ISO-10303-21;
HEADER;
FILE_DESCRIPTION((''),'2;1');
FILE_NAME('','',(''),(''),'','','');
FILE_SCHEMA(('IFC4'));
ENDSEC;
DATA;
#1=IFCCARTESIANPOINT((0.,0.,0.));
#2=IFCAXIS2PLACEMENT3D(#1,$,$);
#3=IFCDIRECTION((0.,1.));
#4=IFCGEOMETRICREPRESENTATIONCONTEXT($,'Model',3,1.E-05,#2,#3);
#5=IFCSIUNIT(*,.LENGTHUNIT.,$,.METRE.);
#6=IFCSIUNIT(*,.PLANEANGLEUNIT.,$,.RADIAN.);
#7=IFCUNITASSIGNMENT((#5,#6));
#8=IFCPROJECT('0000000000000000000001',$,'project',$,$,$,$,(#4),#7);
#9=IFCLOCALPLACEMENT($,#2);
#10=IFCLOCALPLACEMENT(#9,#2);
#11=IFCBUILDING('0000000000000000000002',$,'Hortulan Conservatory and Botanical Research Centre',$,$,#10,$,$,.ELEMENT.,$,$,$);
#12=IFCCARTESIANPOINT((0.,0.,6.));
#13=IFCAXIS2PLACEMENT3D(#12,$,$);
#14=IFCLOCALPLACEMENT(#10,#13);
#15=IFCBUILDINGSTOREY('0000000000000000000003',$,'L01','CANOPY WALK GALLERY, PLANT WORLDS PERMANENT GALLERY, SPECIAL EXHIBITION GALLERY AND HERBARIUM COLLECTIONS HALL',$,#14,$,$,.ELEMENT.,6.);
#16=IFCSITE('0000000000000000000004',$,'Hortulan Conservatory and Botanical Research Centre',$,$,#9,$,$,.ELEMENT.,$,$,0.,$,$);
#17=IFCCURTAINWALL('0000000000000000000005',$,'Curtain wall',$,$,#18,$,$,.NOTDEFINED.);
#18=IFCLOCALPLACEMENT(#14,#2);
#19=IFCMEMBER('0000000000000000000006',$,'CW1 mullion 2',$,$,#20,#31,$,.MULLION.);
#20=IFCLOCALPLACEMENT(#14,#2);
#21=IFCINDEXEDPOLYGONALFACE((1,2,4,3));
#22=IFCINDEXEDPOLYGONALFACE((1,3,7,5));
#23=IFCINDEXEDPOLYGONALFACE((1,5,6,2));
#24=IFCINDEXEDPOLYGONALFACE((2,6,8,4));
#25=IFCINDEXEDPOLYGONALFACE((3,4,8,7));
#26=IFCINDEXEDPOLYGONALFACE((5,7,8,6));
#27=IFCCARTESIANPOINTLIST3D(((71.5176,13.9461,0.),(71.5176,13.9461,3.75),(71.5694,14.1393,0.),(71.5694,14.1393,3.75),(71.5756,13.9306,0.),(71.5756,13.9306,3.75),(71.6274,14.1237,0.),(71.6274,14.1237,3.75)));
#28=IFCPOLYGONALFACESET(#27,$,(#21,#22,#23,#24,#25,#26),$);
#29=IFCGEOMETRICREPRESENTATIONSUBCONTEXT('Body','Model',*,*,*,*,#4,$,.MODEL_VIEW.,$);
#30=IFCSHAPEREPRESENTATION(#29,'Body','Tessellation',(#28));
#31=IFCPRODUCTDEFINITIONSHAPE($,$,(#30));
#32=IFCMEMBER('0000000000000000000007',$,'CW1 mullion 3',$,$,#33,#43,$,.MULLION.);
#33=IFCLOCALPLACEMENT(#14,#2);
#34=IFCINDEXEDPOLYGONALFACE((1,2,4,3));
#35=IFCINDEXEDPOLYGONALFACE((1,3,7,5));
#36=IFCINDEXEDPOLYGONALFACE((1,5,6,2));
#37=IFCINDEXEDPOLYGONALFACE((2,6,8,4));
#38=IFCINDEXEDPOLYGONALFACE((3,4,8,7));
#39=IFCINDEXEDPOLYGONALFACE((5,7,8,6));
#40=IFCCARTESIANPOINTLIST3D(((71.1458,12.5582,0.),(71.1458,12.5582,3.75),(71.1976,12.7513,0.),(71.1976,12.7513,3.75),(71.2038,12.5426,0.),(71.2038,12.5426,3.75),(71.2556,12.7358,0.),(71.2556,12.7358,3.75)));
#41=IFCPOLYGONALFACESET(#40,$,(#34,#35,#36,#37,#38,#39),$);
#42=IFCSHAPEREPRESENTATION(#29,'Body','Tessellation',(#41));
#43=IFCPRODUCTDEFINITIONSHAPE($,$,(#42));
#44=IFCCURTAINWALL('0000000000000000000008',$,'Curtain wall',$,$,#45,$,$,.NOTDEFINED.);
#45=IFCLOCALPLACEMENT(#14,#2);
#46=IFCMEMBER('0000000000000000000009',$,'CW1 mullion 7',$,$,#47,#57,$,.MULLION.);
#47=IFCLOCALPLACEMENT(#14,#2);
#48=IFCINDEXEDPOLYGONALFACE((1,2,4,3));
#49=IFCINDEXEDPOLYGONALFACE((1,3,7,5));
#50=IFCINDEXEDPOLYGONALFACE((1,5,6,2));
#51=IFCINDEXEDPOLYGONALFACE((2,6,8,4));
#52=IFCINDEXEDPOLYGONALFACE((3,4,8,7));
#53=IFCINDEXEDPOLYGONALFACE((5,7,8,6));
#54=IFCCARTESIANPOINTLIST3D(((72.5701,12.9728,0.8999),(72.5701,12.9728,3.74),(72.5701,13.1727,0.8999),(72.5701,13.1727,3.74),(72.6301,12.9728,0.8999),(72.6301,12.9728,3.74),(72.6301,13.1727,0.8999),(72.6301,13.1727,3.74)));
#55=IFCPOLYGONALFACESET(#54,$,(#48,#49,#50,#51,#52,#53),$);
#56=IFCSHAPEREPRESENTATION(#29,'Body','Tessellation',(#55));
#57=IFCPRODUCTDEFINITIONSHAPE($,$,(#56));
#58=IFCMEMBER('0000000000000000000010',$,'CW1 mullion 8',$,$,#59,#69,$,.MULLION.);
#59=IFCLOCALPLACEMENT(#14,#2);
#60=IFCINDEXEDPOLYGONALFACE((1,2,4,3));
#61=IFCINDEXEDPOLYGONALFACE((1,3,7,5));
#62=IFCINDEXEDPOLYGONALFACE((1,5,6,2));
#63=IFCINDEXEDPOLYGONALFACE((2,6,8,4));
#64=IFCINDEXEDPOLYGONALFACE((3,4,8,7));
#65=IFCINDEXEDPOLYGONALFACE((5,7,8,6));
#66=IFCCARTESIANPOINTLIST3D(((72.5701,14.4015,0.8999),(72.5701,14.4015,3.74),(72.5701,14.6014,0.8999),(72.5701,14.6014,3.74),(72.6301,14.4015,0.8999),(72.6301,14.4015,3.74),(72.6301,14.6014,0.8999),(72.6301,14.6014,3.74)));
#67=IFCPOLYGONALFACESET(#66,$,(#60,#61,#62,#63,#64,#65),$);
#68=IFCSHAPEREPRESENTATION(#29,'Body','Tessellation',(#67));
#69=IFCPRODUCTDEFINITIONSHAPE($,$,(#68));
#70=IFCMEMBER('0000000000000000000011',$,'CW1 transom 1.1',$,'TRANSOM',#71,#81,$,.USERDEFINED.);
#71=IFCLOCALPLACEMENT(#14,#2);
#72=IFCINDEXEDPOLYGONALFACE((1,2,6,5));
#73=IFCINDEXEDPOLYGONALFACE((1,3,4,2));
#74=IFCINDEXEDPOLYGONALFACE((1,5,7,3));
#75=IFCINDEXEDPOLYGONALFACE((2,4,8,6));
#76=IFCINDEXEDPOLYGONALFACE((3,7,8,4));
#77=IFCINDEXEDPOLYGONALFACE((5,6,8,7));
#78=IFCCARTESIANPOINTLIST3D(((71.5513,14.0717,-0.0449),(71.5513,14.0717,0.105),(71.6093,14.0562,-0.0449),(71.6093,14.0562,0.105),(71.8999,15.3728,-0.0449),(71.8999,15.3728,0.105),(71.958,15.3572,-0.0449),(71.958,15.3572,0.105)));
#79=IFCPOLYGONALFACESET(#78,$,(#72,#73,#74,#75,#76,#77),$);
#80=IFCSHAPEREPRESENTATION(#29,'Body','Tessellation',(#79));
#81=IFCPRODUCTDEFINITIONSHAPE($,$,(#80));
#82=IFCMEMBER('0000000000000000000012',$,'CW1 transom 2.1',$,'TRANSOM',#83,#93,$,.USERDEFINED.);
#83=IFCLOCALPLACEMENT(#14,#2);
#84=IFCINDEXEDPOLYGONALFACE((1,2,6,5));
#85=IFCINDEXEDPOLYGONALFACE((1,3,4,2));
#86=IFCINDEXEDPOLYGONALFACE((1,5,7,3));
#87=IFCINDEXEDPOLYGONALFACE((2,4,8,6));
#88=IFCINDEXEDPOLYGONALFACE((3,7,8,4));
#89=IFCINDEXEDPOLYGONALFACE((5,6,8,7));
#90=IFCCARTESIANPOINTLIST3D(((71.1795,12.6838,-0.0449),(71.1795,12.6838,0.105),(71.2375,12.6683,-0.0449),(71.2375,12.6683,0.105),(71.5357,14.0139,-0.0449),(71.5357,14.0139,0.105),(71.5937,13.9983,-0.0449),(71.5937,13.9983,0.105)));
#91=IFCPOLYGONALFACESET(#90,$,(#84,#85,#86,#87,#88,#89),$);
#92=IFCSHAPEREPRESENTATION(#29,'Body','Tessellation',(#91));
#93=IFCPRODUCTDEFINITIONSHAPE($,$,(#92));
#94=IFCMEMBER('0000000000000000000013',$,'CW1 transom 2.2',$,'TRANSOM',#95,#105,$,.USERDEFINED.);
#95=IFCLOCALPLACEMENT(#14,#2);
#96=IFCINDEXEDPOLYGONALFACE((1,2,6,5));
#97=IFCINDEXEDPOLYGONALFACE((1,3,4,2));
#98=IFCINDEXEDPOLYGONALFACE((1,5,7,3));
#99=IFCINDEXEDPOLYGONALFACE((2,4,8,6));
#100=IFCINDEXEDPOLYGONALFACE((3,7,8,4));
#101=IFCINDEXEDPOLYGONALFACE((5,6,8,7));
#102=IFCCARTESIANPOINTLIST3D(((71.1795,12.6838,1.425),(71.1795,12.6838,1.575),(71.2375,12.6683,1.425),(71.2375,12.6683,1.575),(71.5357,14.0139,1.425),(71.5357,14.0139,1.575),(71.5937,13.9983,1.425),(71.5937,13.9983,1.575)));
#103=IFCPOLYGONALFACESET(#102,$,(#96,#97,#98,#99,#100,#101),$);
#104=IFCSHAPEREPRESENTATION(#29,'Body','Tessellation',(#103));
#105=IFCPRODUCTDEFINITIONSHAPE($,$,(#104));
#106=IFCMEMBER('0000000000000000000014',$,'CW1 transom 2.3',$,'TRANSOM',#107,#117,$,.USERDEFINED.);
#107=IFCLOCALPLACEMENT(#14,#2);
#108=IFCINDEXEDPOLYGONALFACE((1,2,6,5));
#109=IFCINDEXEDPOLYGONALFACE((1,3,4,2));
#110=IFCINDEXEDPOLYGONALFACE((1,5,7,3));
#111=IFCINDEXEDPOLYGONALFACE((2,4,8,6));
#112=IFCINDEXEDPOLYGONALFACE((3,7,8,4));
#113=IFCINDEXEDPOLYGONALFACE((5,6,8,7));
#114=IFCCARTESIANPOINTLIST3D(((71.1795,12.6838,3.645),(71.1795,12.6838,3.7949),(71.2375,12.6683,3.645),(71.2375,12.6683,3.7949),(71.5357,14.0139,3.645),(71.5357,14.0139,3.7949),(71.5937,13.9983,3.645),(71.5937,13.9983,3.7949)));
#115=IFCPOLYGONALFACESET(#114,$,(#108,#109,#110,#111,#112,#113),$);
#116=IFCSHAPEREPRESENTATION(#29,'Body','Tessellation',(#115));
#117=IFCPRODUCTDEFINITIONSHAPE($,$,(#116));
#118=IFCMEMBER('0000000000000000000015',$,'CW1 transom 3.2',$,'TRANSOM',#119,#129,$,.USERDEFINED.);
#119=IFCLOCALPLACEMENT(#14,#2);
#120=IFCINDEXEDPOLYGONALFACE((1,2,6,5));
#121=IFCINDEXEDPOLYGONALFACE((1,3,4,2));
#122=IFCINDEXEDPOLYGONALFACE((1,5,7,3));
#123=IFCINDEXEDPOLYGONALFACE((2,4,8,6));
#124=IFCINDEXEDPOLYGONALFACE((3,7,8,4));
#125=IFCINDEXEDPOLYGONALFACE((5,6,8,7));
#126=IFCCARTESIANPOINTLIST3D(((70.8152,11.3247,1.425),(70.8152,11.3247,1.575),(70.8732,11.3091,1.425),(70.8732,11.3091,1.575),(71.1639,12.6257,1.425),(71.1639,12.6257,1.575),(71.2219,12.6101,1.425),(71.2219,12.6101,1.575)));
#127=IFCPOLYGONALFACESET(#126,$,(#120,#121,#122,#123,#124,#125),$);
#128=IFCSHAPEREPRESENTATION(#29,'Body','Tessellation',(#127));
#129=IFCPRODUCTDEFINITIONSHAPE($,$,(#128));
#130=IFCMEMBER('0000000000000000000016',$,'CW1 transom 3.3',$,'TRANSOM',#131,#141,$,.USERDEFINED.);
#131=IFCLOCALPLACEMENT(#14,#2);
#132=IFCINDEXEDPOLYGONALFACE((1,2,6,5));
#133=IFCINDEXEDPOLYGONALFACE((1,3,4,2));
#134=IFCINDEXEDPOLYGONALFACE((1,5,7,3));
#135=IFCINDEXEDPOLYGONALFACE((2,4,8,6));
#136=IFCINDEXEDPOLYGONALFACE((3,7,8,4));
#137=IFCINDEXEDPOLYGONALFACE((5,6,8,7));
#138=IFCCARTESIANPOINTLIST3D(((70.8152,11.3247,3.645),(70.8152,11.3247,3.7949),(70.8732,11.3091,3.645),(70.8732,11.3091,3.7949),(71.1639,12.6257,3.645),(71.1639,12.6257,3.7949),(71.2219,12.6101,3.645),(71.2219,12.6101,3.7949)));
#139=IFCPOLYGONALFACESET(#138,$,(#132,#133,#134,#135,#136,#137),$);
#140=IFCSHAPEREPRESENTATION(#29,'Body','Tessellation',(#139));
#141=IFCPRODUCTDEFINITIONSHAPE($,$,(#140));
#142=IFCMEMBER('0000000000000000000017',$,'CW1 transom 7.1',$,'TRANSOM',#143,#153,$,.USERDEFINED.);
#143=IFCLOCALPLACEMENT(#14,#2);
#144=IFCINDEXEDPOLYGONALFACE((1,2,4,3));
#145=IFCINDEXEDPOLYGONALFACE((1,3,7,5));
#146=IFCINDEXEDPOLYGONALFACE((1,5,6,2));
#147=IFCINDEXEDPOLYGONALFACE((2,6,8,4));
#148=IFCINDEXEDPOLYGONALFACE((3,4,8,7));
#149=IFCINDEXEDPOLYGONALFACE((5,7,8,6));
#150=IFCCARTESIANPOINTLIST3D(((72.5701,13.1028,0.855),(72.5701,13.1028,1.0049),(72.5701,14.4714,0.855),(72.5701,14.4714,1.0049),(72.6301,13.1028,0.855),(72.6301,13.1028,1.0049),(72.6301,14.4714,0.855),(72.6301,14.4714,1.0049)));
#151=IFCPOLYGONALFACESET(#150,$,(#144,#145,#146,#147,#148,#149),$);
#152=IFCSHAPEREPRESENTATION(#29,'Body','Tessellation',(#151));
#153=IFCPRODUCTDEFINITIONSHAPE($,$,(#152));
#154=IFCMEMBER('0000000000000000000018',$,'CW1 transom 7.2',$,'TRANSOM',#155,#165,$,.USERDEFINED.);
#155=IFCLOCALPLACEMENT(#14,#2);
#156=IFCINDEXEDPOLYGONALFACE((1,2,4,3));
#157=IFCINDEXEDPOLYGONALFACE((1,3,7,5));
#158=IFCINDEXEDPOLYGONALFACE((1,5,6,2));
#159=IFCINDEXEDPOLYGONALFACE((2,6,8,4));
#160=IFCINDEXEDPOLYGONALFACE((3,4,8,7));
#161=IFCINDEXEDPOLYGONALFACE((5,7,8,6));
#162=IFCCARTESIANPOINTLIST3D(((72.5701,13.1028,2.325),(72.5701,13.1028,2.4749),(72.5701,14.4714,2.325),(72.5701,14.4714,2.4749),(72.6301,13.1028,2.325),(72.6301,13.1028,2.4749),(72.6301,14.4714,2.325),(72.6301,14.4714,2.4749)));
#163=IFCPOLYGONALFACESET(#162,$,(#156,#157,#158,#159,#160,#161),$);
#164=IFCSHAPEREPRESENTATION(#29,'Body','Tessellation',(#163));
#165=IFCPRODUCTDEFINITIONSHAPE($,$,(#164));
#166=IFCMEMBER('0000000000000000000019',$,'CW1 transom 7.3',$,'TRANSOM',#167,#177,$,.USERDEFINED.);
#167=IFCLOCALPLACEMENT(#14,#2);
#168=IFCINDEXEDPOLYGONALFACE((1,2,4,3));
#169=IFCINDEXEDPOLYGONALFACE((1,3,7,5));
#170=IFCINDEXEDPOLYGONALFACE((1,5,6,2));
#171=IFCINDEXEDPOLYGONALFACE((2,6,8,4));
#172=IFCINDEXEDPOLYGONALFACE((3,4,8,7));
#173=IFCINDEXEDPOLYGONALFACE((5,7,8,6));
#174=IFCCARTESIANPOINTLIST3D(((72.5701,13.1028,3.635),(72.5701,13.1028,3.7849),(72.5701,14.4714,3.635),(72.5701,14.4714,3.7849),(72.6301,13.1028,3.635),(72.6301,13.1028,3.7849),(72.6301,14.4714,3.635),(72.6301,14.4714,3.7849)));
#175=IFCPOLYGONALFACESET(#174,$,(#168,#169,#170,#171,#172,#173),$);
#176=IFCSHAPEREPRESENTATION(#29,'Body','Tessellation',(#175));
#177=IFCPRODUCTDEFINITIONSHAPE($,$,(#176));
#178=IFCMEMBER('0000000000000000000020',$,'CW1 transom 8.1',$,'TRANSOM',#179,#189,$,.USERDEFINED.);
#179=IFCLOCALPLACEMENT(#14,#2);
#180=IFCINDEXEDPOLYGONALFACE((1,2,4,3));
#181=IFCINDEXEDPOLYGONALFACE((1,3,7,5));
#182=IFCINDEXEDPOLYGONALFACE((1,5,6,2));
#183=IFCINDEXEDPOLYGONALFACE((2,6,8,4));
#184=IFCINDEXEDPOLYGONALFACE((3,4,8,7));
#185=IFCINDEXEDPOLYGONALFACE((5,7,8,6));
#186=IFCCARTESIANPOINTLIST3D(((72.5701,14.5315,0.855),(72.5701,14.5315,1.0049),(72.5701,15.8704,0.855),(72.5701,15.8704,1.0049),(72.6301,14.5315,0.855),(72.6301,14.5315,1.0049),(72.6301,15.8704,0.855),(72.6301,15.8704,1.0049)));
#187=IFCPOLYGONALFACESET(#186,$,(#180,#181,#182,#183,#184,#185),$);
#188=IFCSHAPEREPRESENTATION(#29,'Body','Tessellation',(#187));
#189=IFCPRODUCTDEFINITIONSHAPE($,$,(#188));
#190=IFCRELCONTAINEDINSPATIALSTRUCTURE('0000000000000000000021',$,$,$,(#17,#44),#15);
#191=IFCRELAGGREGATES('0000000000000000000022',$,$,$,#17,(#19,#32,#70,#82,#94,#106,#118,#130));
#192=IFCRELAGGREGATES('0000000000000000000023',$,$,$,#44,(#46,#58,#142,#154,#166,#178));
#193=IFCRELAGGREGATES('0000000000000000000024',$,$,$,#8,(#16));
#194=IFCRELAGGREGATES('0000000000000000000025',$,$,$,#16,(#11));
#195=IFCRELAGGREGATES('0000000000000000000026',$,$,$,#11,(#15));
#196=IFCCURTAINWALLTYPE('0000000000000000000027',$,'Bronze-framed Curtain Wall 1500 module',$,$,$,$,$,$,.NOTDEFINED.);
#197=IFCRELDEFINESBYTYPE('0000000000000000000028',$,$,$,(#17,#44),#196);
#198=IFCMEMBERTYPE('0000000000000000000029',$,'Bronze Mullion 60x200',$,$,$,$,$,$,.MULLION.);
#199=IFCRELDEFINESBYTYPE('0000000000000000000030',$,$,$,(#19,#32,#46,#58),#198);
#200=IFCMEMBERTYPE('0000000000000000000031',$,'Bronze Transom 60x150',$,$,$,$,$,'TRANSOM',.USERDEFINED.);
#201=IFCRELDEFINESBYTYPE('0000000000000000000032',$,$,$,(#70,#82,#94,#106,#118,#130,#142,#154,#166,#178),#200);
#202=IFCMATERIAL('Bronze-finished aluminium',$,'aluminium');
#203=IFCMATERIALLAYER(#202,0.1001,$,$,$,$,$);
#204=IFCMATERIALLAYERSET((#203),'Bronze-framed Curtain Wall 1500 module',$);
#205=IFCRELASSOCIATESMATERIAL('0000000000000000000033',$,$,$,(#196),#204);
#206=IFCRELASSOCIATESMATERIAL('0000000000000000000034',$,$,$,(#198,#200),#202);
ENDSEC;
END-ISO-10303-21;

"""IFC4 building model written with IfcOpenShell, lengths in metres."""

from ifc_helpers import new_model, si_unit, direction, frame, origin, origin_2d, place, context, subcontext, project, spatial, rectangle, extrude, material, layer, layer_set, material_profile, profile_set, type_object, element, aggregate, save


model = new_model("IFC4")

# Units and contexts
model_context = context("Model", 3, precision=1e-05, world=origin(), true_north=direction((0.0, 1.0)))
body_context = subcontext(model_context, "Body", "Model", "MODEL_VIEW")
ifc_project = project(units=[si_unit("LENGTHUNIT", "METRE"), si_unit("PLANEANGLEUNIT", "RADIAN")], contexts=[model_context])

# Site, building, storey
site_placement = place(None, origin())
site = spatial("IfcSite", under=ifc_project, at=site_placement, Name="Hortulan Conservatory and Botanical Research Centre", CompositionType="ELEMENT", RefElevation=0.0)
building_placement = place(site_placement, origin())
building = spatial("IfcBuilding", under=site, at=building_placement, Name="Hortulan Conservatory and Botanical Research Centre", CompositionType="ELEMENT")
storey_placement = place(building_placement, frame((0.0, 0.0, 6.0)))
storey = spatial("IfcBuildingStorey", under=building, at=storey_placement, Name="L01", Description="CANOPY WALK GALLERY, PLANT WORLDS PERMANENT GALLERY, SPECIAL EXHIBITION GALLERY AND HERBARIUM COLLECTIONS HALL", CompositionType="ELEMENT", Elevation=6.0)

# Curtain walls, members
ifc_material_1 = material(Name="Bronze-finished aluminium", Category="aluminium")
ifc_layer_1 = layer(ifc_material_1, 0.1001)
ifc_layer_set_1 = layer_set([ifc_layer_1], Name="Bronze-framed Curtain Wall 1500 module")
curtain_wall_type = type_object("IfcCurtainWallType", Name="Bronze-framed Curtain Wall 1500 module", PredefinedType="NOTDEFINED", material=ifc_layer_set_1)
curtain_wall_1_placement = place(storey_placement, origin())
curtain_wall_1 = element("IfcCurtainWall", 1, at=curtain_wall_1_placement, inside=storey, type_object=curtain_wall_type, Name="Curtain wall", PredefinedType="NOTDEFINED")
ifc_material_profile_1 = material_profile(ifc_material_1, rectangle(XDim=0.0601, YDim=0.2, at=origin_2d()), Name="Bronze Mullion 60x200")
ifc_profile_set_1 = profile_set([ifc_material_profile_1], Name="Bronze-finished aluminium")
member_type_1 = type_object("IfcMemberType", Name="Bronze Mullion 60x200", PredefinedType="MULLION", material=ifc_profile_set_1)
member_1_placement = place(storey_placement, frame((71.5725, 14.0349, 0.0), z_axis=(0.0, 0.0, 1.0), x_axis=(0.965922, -0.258832, 0.0)))
member_1 = element("IfcMember", 2, at=member_1_placement, type_object=member_type_1, Name="CW1 mullion 2", PredefinedType="MULLION", context=body_context, shape_type="SweptSolid", body=[
    extrude(rectangle(XDim=0.0601, YDim=0.2, at=origin_2d()), origin(), (0.0, 0.0, 1.0), 3.75),
])
member_2_placement = place(storey_placement, frame((71.2007, 12.647, 0.0), z_axis=(0.0, 0.0, 1.0), x_axis=(0.965922, -0.258832, 0.0)))
member_2 = element("IfcMember", 3, at=member_2_placement, type_object=member_type_1, Name="CW1 mullion 3", PredefinedType="MULLION", context=body_context, shape_type="SweptSolid", body=[
    extrude(rectangle(XDim=0.0601, YDim=0.2, at=origin_2d()), origin(), (0.0, 0.0, 1.0), 3.75),
])
curtain_wall_2_placement = place(storey_placement, origin())
curtain_wall_2 = element("IfcCurtainWall", 4, at=curtain_wall_2_placement, inside=storey, type_object=curtain_wall_type, Name="Curtain wall", PredefinedType="NOTDEFINED")
member_3_placement = place(storey_placement, frame((72.6001, 13.0728, 0.8999), z_axis=(0.0, 0.0, 1.0), x_axis=(-1.0, 0.0, 0.0)))
member_3 = element("IfcMember", 5, at=member_3_placement, type_object=member_type_1, Name="CW1 mullion 7", PredefinedType="MULLION", context=body_context, shape_type="SweptSolid", body=[
    extrude(rectangle(XDim=0.0601, YDim=0.2, at=origin_2d()), origin(), (0.0, 0.0, 1.0), 2.8401),
])
member_4_placement = place(storey_placement, frame((72.6001, 14.5015, 0.8999), z_axis=(0.0, 0.0, 1.0), x_axis=(-1.0, 0.0, 0.0)))
member_4 = element("IfcMember", 6, at=member_4_placement, type_object=member_type_1, Name="CW1 mullion 8", PredefinedType="MULLION", context=body_context, shape_type="SweptSolid", body=[
    extrude(rectangle(XDim=0.0601, YDim=0.2, at=origin_2d()), origin(), (0.0, 0.0, 1.0), 2.8401),
])

# Members
ifc_material_profile_2 = material_profile(ifc_material_1, rectangle(XDim=0.0601, YDim=0.1499, at=origin_2d()), Name="Bronze Transom 60x150")
ifc_profile_set_2 = profile_set([ifc_material_profile_2], Name="Bronze-finished aluminium")
member_type_2 = type_object("IfcMemberType", Name="Bronze Transom 60x150", ElementType="TRANSOM", PredefinedType="USERDEFINED", material=ifc_profile_set_2)
member_5_placement = place(storey_placement, frame((71.929, 15.365, 0.03), z_axis=(-0.258836, -0.965921, 0.0), x_axis=(0.965921, -0.258836, 0.0)))
member_5 = element("IfcMember", 7, at=member_5_placement, type_object=member_type_2, Name="CW1 transom 1.1", ObjectType="TRANSOM", PredefinedType="USERDEFINED", context=body_context, shape_type="SweptSolid", body=[
    extrude(rectangle(XDim=0.0601, YDim=0.1499, at=origin_2d()), origin(), (0.0, 0.0, 1.0), 1.3469),
])
member_6_placement = place(storey_placement, frame((71.5647, 14.0061, 0.03), z_axis=(-0.258689, -0.965961, 0.0), x_axis=(0.965961, -0.258689, 0.0)))
member_6 = element("IfcMember", 8, at=member_6_placement, type_object=member_type_2, Name="CW1 transom 2.1", ObjectType="TRANSOM", PredefinedType="USERDEFINED", context=body_context, shape_type="SweptSolid", body=[
    extrude(rectangle(XDim=0.0601, YDim=0.1499, at=origin_2d()), origin(), (0.0, 0.0, 1.0), 1.377),
])
member_7_placement = place(storey_placement, frame((71.5647, 14.0061, 1.5), z_axis=(-0.258689, -0.965961, 0.0), x_axis=(0.965961, -0.258689, 0.0)))
member_7 = element("IfcMember", 9, at=member_7_placement, type_object=member_type_2, Name="CW1 transom 2.2", ObjectType="TRANSOM", PredefinedType="USERDEFINED", context=body_context, shape_type="SweptSolid", body=[
    extrude(rectangle(XDim=0.0601, YDim=0.1499, at=origin_2d()), origin(), (0.0, 0.0, 1.0), 1.377),
])
member_8_placement = place(storey_placement, frame((71.5647, 14.0061, 3.72), z_axis=(-0.258689, -0.965961, 0.0), x_axis=(0.965961, -0.258689, 0.0)))
member_8 = element("IfcMember", 10, at=member_8_placement, type_object=member_type_2, Name="CW1 transom 2.3", ObjectType="TRANSOM", PredefinedType="USERDEFINED", context=body_context, shape_type="SweptSolid", body=[
    extrude(rectangle(XDim=0.0601, YDim=0.1499, at=origin_2d()), origin(), (0.0, 0.0, 1.0), 1.377),
])
member_9_placement = place(storey_placement, frame((71.1929, 12.6179, 1.5), z_axis=(-0.258836, -0.965921, 0.0), x_axis=(0.965921, -0.258836, 0.0)))
member_9 = element("IfcMember", 11, at=member_9_placement, type_object=member_type_2, Name="CW1 transom 3.2", ObjectType="TRANSOM", PredefinedType="USERDEFINED", context=body_context, shape_type="SweptSolid", body=[
    extrude(rectangle(XDim=0.0601, YDim=0.1499, at=origin_2d()), origin(), (0.0, 0.0, 1.0), 1.3469),
])
member_10_placement = place(storey_placement, frame((71.1929, 12.6179, 3.72), z_axis=(-0.258836, -0.965921, 0.0), x_axis=(0.965921, -0.258836, 0.0)))
member_10 = element("IfcMember", 12, at=member_10_placement, type_object=member_type_2, Name="CW1 transom 3.3", ObjectType="TRANSOM", PredefinedType="USERDEFINED", context=body_context, shape_type="SweptSolid", body=[
    extrude(rectangle(XDim=0.0601, YDim=0.1499, at=origin_2d()), origin(), (0.0, 0.0, 1.0), 1.3469),
])
member_11_placement = place(storey_placement, frame((72.6001, 13.1028, 0.9299), z_axis=(0.0, 1.0, 0.0), x_axis=(-1.0, 0.0, 0.0)))
member_11 = element("IfcMember", 13, at=member_11_placement, type_object=member_type_2, Name="CW1 transom 7.1", ObjectType="TRANSOM", PredefinedType="USERDEFINED", context=body_context, shape_type="SweptSolid", body=[
    extrude(rectangle(XDim=0.0601, YDim=0.1499, at=origin_2d()), origin(), (0.0, 0.0, 1.0), 1.3687),
])
member_12_placement = place(storey_placement, frame((72.6001, 13.1028, 2.3999), z_axis=(0.0, 1.0, 0.0), x_axis=(-1.0, 0.0, 0.0)))
member_12 = element("IfcMember", 14, at=member_12_placement, type_object=member_type_2, Name="CW1 transom 7.2", ObjectType="TRANSOM", PredefinedType="USERDEFINED", context=body_context, shape_type="SweptSolid", body=[
    extrude(rectangle(XDim=0.0601, YDim=0.1499, at=origin_2d()), origin(), (0.0, 0.0, 1.0), 1.3687),
])
member_13_placement = place(storey_placement, frame((72.6001, 13.1028, 3.71), z_axis=(0.0, 1.0, 0.0), x_axis=(-1.0, 0.0, 0.0)))
member_13 = element("IfcMember", 15, at=member_13_placement, type_object=member_type_2, Name="CW1 transom 7.3", ObjectType="TRANSOM", PredefinedType="USERDEFINED", context=body_context, shape_type="SweptSolid", body=[
    extrude(rectangle(XDim=0.0601, YDim=0.1499, at=origin_2d()), origin(), (0.0, 0.0, 1.0), 1.3687),
])
member_14_placement = place(storey_placement, frame((72.6001, 14.5315, 0.9299), z_axis=(0.0, 1.0, 0.0), x_axis=(-1.0, 0.0, 0.0)))
member_14 = element("IfcMember", 16, at=member_14_placement, type_object=member_type_2, Name="CW1 transom 8.1", ObjectType="TRANSOM", PredefinedType="USERDEFINED", context=body_context, shape_type="SweptSolid", body=[
    extrude(rectangle(XDim=0.0601, YDim=0.1499, at=origin_2d()), origin(), (0.0, 0.0, 1.0), 1.3389),
])

aggregate(curtain_wall_1, [member_1, member_2, member_5, member_6, member_7, member_8, member_9, member_10])
aggregate(curtain_wall_2, [member_3, member_4, member_11, member_12, member_13, member_14])

save(model, "model.ifc")
